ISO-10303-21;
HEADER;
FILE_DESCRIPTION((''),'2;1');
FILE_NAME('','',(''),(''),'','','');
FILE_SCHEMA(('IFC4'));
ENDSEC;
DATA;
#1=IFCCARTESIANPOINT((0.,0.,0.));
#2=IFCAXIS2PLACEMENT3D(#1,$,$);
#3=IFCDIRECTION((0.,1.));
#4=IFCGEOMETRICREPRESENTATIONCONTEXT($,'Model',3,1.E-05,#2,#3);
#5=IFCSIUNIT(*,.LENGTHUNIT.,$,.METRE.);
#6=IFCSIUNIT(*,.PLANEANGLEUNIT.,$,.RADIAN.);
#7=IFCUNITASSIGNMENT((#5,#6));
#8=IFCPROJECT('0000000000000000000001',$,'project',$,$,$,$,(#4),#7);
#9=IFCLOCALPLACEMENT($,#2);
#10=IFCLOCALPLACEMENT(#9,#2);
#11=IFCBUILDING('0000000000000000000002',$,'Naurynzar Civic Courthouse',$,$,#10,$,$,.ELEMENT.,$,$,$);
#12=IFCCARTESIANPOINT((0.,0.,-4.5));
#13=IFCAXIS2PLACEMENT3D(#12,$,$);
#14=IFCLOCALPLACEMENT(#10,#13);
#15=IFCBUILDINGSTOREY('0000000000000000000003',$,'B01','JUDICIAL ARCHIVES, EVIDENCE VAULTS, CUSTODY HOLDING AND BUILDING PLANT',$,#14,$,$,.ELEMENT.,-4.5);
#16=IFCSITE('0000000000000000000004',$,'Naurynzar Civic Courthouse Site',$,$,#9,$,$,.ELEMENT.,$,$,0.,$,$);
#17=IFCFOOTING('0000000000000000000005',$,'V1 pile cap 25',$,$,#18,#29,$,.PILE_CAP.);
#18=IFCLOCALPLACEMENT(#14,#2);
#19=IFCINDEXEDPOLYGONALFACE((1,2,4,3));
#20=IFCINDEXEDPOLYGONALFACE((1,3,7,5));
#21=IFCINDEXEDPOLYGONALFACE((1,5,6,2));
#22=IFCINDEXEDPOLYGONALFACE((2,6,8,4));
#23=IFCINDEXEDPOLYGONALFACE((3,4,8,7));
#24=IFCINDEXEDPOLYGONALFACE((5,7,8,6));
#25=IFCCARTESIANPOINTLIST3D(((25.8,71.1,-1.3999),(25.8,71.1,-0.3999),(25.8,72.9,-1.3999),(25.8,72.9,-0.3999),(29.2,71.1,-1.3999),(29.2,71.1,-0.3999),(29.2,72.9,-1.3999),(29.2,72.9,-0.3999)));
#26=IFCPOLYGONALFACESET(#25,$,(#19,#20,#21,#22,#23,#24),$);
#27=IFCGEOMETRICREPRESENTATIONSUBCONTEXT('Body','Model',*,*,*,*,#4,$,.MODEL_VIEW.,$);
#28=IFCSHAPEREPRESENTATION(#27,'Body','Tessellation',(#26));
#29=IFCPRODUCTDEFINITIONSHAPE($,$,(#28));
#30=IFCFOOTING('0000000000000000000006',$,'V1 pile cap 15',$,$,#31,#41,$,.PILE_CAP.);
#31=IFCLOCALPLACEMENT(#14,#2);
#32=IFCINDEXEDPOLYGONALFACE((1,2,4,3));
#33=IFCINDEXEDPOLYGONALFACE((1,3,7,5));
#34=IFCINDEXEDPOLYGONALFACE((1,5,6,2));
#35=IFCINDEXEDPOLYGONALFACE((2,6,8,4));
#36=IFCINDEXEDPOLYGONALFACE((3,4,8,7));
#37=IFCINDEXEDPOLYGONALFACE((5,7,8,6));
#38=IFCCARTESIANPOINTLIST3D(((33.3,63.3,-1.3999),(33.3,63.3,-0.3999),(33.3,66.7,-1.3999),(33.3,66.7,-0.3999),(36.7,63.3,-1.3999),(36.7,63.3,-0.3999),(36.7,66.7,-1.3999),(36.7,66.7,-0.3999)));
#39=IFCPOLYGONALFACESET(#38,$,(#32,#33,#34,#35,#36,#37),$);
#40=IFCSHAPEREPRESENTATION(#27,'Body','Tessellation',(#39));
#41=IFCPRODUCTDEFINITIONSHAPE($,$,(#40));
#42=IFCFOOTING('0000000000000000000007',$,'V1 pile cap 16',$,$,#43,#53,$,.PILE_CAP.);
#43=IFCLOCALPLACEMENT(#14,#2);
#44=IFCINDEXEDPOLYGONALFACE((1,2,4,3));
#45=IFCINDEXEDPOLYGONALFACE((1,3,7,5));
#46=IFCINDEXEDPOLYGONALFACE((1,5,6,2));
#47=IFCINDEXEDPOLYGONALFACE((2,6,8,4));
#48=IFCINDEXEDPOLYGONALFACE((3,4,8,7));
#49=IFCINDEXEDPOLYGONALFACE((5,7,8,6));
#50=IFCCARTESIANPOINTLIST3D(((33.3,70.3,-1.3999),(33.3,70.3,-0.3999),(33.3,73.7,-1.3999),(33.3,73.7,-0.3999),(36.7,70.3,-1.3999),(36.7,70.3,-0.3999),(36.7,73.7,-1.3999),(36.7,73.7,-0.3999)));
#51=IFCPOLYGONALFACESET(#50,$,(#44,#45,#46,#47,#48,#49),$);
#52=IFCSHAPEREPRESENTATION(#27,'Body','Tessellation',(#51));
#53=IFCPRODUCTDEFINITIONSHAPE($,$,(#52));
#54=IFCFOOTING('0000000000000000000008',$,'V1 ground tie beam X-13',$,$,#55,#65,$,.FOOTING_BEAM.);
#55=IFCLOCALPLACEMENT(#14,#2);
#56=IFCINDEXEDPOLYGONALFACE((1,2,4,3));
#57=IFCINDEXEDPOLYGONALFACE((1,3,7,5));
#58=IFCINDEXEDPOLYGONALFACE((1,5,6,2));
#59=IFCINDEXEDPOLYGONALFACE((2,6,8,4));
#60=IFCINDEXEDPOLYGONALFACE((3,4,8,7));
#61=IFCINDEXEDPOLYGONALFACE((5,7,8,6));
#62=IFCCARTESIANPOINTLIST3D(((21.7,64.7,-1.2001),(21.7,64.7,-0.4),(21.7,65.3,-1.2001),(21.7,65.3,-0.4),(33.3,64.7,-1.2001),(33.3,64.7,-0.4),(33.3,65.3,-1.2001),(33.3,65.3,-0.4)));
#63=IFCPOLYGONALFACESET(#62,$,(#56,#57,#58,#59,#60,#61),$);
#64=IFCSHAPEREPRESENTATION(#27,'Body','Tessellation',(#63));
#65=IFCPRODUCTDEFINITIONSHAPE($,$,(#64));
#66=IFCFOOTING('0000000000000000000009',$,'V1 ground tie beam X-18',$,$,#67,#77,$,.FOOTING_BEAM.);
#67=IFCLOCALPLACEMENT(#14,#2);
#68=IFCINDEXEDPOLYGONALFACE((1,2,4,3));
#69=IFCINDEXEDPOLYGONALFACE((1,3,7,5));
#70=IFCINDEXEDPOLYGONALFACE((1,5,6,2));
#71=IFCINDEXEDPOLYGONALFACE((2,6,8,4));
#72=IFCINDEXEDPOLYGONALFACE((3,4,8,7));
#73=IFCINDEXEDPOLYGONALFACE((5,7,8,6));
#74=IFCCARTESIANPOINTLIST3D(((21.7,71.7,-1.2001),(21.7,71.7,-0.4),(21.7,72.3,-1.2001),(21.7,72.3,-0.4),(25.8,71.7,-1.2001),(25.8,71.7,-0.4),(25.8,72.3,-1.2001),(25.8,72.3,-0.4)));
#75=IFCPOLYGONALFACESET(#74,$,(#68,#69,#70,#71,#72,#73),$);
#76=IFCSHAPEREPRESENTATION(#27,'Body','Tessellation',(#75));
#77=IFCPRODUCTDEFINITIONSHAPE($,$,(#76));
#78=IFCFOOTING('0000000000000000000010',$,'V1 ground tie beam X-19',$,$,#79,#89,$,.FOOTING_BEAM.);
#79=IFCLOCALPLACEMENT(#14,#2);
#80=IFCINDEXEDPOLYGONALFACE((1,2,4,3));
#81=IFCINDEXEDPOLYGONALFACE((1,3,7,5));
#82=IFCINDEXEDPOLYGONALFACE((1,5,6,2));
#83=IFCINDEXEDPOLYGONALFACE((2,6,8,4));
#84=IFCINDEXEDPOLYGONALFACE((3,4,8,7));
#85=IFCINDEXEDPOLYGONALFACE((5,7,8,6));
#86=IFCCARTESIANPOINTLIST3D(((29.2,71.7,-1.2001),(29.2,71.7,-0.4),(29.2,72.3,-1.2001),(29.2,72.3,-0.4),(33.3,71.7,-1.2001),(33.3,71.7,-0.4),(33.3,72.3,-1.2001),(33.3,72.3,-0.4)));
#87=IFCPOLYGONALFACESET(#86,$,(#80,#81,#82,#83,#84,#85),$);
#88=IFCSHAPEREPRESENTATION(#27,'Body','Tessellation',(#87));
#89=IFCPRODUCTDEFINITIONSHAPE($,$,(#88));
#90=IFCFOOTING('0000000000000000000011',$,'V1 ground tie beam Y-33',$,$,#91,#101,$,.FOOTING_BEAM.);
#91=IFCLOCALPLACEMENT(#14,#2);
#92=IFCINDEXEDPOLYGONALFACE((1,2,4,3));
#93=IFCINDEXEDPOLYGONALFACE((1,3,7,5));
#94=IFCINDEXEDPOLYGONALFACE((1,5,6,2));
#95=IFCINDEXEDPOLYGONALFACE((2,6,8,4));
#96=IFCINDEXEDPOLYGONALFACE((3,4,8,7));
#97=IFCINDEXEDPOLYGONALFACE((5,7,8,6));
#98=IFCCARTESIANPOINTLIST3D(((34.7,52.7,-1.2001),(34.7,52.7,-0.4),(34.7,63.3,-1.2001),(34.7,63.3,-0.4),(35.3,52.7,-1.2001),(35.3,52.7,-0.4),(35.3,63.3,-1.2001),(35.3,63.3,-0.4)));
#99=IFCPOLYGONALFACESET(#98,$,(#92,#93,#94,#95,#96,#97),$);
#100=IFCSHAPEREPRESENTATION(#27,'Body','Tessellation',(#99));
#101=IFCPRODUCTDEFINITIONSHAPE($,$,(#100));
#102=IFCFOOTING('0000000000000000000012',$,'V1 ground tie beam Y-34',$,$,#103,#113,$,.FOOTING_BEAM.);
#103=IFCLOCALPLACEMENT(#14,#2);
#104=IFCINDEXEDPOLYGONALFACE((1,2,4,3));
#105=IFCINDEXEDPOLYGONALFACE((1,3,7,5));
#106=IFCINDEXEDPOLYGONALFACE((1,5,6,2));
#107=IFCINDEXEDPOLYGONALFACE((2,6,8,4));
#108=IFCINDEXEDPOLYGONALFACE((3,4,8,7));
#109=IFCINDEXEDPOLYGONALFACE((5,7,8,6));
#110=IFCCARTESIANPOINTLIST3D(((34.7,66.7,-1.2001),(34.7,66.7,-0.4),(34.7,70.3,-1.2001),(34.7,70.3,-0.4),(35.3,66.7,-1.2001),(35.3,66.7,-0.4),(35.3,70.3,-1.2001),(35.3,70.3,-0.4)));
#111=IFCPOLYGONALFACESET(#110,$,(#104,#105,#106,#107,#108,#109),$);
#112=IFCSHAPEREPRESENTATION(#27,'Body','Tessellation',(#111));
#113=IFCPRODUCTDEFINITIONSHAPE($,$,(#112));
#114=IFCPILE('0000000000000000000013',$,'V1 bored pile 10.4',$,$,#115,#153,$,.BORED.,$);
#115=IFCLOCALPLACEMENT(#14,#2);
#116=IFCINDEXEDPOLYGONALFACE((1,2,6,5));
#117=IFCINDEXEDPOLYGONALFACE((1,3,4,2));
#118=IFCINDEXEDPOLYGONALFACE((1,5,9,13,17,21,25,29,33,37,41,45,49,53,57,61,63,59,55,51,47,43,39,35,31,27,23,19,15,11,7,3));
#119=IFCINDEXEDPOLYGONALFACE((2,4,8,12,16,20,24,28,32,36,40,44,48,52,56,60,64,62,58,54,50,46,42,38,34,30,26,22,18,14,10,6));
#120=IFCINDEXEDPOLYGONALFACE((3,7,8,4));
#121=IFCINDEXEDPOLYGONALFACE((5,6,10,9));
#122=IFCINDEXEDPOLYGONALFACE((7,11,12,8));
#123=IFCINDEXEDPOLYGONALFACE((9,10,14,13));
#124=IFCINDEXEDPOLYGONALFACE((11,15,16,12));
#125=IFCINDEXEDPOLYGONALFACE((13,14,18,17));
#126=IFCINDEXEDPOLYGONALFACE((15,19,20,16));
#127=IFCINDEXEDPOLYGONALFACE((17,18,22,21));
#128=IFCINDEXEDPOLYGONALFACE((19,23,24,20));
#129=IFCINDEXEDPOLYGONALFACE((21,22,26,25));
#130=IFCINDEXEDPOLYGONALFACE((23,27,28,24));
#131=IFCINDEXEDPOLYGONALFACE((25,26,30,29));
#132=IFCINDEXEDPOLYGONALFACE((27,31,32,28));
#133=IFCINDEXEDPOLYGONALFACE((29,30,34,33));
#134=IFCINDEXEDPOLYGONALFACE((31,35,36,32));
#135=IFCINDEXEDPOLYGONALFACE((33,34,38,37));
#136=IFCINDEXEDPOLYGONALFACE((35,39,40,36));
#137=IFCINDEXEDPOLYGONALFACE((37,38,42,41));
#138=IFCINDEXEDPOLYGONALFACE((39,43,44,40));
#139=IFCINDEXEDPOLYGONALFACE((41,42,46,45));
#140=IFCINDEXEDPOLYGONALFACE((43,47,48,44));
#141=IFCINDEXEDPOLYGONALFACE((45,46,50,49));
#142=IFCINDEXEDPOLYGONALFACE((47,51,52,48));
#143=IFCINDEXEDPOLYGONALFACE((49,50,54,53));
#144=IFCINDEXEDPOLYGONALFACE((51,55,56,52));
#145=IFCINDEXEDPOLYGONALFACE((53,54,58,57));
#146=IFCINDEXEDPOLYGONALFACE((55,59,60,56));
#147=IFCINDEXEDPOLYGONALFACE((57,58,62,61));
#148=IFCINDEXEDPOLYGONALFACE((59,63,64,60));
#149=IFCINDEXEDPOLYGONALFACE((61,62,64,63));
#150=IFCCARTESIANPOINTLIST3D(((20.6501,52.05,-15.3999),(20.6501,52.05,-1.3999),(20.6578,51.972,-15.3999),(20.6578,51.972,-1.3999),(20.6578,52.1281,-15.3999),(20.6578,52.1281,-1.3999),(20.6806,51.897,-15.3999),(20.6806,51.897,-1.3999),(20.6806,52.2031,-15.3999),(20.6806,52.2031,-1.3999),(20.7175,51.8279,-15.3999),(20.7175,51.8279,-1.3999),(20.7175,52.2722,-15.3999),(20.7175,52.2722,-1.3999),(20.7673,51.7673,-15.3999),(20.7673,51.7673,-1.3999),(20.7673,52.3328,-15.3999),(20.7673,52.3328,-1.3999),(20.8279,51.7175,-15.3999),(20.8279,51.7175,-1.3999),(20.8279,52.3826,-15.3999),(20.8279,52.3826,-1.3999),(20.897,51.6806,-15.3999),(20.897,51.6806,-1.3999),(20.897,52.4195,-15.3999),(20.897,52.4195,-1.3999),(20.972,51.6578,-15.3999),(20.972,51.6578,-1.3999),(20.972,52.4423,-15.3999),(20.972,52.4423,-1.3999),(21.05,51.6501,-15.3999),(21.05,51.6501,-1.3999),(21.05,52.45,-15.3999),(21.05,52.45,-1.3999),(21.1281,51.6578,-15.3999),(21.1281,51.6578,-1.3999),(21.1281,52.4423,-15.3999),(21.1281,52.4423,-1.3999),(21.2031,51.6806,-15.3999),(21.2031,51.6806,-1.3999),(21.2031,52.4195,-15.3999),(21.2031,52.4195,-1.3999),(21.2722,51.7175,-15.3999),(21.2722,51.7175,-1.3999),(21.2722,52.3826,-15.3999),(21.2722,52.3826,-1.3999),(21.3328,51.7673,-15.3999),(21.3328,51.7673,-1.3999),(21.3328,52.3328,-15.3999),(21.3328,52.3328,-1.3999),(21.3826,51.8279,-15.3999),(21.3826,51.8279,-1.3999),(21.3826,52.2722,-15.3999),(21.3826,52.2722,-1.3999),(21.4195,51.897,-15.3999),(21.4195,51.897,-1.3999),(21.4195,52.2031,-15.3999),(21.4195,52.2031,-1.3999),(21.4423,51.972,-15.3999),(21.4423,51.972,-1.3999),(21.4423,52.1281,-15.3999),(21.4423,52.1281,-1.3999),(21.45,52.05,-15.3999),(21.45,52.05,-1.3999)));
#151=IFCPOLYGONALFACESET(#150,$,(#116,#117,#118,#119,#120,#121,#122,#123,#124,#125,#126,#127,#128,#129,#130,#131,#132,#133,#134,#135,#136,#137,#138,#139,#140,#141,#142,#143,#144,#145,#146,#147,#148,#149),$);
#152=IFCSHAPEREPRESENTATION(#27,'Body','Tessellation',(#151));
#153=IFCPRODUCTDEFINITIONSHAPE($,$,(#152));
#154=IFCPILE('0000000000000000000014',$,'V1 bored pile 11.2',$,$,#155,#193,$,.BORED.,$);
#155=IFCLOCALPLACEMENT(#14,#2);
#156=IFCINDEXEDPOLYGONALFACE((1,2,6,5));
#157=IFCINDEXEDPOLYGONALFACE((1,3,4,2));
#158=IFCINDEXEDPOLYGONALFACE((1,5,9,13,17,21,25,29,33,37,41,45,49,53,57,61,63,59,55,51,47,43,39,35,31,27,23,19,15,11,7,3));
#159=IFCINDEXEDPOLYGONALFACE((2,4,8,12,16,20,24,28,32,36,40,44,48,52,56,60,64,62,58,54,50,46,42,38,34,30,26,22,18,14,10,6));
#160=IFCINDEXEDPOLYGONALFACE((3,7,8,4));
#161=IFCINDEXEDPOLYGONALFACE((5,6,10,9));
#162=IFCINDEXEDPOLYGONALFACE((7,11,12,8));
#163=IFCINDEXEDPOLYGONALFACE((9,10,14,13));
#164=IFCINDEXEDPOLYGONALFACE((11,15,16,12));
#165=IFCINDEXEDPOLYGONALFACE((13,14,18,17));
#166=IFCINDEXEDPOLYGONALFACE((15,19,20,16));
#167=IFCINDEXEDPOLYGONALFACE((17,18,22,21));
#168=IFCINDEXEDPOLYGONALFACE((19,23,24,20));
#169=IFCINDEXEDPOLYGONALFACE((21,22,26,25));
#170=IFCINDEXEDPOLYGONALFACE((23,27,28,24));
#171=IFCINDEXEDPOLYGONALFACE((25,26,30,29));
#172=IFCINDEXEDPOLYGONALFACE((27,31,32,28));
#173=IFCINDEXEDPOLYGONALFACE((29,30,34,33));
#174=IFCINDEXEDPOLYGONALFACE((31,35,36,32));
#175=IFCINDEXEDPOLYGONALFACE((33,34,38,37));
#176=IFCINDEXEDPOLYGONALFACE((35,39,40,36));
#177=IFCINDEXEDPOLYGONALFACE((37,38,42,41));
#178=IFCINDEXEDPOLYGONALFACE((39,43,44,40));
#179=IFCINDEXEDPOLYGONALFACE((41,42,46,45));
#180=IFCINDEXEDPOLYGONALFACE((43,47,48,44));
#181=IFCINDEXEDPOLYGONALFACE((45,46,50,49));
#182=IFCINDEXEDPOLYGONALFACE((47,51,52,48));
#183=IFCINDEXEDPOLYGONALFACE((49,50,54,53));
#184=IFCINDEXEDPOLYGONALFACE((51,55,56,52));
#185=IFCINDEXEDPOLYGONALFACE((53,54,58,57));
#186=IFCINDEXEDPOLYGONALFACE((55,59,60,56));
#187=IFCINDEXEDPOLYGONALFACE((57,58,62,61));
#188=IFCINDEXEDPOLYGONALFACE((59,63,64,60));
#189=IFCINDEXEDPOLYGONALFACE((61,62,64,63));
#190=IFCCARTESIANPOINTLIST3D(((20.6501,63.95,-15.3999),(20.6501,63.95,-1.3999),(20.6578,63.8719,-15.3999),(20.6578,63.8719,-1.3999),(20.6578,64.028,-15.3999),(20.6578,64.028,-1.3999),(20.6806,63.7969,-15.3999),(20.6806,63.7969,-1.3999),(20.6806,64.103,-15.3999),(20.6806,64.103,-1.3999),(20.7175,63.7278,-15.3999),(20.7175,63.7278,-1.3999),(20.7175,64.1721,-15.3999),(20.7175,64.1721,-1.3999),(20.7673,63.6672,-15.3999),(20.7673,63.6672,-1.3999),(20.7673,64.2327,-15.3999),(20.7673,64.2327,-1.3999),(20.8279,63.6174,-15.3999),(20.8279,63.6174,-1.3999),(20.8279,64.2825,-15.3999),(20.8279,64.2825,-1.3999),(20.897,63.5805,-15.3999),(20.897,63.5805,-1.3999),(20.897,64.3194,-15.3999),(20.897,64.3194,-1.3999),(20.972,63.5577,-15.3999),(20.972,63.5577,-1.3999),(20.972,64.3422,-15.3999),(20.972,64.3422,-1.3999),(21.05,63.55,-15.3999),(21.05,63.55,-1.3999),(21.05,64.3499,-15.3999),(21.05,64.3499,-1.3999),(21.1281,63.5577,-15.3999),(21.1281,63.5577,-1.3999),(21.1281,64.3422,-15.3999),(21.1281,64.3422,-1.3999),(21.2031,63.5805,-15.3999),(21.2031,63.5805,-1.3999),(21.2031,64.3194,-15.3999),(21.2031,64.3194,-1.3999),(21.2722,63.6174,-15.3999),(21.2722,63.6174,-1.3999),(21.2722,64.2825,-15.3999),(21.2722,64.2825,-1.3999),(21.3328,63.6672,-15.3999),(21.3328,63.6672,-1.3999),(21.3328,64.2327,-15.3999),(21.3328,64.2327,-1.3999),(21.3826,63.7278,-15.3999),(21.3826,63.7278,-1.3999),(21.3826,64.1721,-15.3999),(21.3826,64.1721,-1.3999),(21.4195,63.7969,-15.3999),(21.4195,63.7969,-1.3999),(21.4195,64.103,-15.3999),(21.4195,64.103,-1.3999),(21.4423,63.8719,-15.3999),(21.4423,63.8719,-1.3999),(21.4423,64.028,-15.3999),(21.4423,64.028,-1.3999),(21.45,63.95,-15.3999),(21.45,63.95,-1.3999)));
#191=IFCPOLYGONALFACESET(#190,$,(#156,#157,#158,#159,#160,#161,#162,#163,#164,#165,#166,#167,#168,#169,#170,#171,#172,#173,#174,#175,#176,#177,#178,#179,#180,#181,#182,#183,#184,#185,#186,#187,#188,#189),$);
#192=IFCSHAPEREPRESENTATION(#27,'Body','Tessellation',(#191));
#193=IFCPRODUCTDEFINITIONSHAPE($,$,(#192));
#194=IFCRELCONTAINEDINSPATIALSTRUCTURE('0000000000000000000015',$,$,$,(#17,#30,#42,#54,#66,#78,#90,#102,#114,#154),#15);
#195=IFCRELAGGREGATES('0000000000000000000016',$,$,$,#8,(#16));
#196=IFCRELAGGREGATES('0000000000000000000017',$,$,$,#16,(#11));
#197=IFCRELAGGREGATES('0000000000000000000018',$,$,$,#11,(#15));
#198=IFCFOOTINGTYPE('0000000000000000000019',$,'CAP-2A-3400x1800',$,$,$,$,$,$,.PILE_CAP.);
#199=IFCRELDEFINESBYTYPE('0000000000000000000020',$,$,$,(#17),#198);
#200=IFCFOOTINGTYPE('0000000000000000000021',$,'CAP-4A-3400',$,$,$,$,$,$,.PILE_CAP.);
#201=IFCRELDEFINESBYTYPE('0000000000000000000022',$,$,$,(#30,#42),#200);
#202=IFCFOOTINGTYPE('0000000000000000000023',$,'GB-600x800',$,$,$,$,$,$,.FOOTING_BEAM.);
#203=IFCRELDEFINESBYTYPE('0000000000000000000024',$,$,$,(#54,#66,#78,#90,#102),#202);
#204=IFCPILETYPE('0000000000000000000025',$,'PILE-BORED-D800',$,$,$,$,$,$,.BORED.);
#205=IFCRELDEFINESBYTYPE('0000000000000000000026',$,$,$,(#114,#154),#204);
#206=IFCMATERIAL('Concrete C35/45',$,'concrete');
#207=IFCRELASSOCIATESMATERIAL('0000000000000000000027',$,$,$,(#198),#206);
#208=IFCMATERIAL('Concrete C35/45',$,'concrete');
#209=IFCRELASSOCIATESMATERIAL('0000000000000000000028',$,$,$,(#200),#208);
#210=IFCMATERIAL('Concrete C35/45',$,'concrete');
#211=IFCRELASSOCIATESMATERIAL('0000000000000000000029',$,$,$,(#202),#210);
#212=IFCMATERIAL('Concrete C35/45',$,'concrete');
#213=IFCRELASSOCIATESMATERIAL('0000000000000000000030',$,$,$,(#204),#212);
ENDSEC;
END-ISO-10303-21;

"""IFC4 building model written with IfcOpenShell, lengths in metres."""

from ifc_helpers import new_model, si_unit, direction, frame, origin, origin_2d, place, context, subcontext, project, spatial, rectangle, circle, extrude, material, material_profile, profile_set, type_object, element, save


model = new_model("IFC4")

# Units and contexts
model_context = context("Model", 3, precision=1e-05, world=origin(), true_north=direction((0.0, 1.0)))
body_context = subcontext(model_context, "Body", "Model", "MODEL_VIEW")
ifc_project = project(units=[si_unit("LENGTHUNIT", "METRE"), si_unit("PLANEANGLEUNIT", "RADIAN")], contexts=[model_context])

# Site, building, storey
site_placement = place(None, origin())
site = spatial("IfcSite", under=ifc_project, at=site_placement, Name="Naurynzar Civic Courthouse Site", CompositionType="ELEMENT", RefElevation=0.0)
building_placement = place(site_placement, origin())
building = spatial("IfcBuilding", under=site, at=building_placement, Name="Naurynzar Civic Courthouse", CompositionType="ELEMENT")
storey_placement = place(building_placement, frame((0.0, 0.0, -4.5)))
storey = spatial("IfcBuildingStorey", under=building, at=storey_placement, Name="B01", Description="JUDICIAL ARCHIVES, EVIDENCE VAULTS, CUSTODY HOLDING AND BUILDING PLANT", CompositionType="ELEMENT", Elevation=-4.5)

# Footings
ifc_material_1 = material(Name="Concrete C35/45", Category="concrete")
footing_type_1 = type_object("IfcFootingType", Name="CAP-2A-3400x1800", PredefinedType="PILE_CAP", material=ifc_material_1)
footing_1_placement = place(storey_placement, frame((27.5, 72.0, -1.3999), z_axis=(0.0, 0.0, 1.0), x_axis=(1.0, 0.0, 0.0)))
element("IfcFooting", 1, at=footing_1_placement, inside=storey, type_object=footing_type_1, Name="V1 pile cap 25", PredefinedType="PILE_CAP", context=body_context, shape_type="SweptSolid", body=[
    extrude(rectangle(XDim=3.3999, YDim=1.8, at=origin_2d()), origin(), (0.0, 0.0, 1.0), 1.0),
])
ifc_material_2 = material(Name="Concrete C35/45", Category="concrete")
footing_type_2 = type_object("IfcFootingType", Name="CAP-4A-3400", PredefinedType="PILE_CAP", material=ifc_material_2)
for number, where, z_axis, x_axis, name in (
    (2, (35.0, 65.0, -1.3999), (0.0, 0.0, 1.0), (1.0, 0.0, 0.0), "V1 pile cap 15"),
    (3, (35.0, 72.0, -1.3999), (0.0, 0.0, 1.0), (1.0, 0.0, 0.0), "V1 pile cap 16"),
):
    element("IfcFooting", number, at=place(storey_placement, frame(where, z_axis=z_axis, x_axis=x_axis)), inside=storey, type_object=footing_type_2, Name=name, PredefinedType="PILE_CAP", context=body_context, shape_type="SweptSolid", body=[
        extrude(rectangle(XDim=3.3999, YDim=3.3999, at=origin_2d()), origin(), (0.0, 0.0, 1.0), 1.0),
    ])
ifc_material_3 = material(Name="Concrete C35/45", Category="concrete")
ifc_material_profile_1 = material_profile(ifc_material_3, rectangle(XDim=0.6001, YDim=0.8, at=origin_2d()), Name="GB 600x800")
ifc_profile_set_1 = profile_set([ifc_material_profile_1], Name="Concrete C35/45")
footing_type_3 = type_object("IfcFootingType", Name="GB-600x800", PredefinedType="FOOTING_BEAM", material=ifc_profile_set_1)
footing_2_placement = place(storey_placement, frame((21.7, 65.0, -0.8), z_axis=(1.0, 0.0, 0.0), x_axis=(0.0, 1.0, 0.0)))
element("IfcFooting", 4, at=footing_2_placement, inside=storey, type_object=footing_type_3, Name="V1 ground tie beam X-13", PredefinedType="FOOTING_BEAM", context=body_context, shape_type="SweptSolid", body=[
    extrude(rectangle(XDim=0.6001, YDim=0.8, at=origin_2d()), origin(), (0.0, 0.0, 1.0), 11.6001),
])
for number, where, z_axis, x_axis, name in (
    (5, (21.7, 72.0, -0.8), (1.0, 0.0, 0.0), (0.0, 1.0, 0.0), "V1 ground tie beam X-18"),
    (6, (29.2, 72.0, -0.8), (1.0, 0.0, 0.0), (0.0, 1.0, 0.0), "V1 ground tie beam X-19"),
):
    element("IfcFooting", number, at=place(storey_placement, frame(where, z_axis=z_axis, x_axis=x_axis)), inside=storey, type_object=footing_type_3, Name=name, PredefinedType="FOOTING_BEAM", context=body_context, shape_type="SweptSolid", body=[
        extrude(rectangle(XDim=0.6001, YDim=0.8, at=origin_2d()), origin(), (0.0, 0.0, 1.0), 4.1001),
    ])
footing_3_placement = place(storey_placement, frame((35.0, 52.7, -0.8), z_axis=(0.0, 1.0, 0.0), x_axis=(-1.0, 0.0, 0.0)))
element("IfcFooting", 7, at=footing_3_placement, inside=storey, type_object=footing_type_3, Name="V1 ground tie beam Y-33", PredefinedType="FOOTING_BEAM", context=body_context, shape_type="SweptSolid", body=[
    extrude(rectangle(XDim=0.6001, YDim=0.8, at=origin_2d()), origin(), (0.0, 0.0, 1.0), 10.6001),
])
footing_4_placement = place(storey_placement, frame((35.0, 66.7, -0.8), z_axis=(0.0, 1.0, 0.0), x_axis=(-1.0, 0.0, 0.0)))
element("IfcFooting", 8, at=footing_4_placement, inside=storey, type_object=footing_type_3, Name="V1 ground tie beam Y-34", PredefinedType="FOOTING_BEAM", context=body_context, shape_type="SweptSolid", body=[
    extrude(rectangle(XDim=0.6001, YDim=0.8, at=origin_2d()), origin(), (0.0, 0.0, 1.0), 3.6001),
])

# Piles
ifc_material_4 = material(Name="Concrete C35/45", Category="concrete")
ifc_material_profile_2 = material_profile(ifc_material_4, circle(Radius=0.3999, at=origin_2d()), Name="PILE D800")
ifc_profile_set_2 = profile_set([ifc_material_profile_2], Name="Concrete C35/45")
pile_type = type_object("IfcPileType", Name="PILE-BORED-D800", PredefinedType="BORED", material=ifc_profile_set_2)
for number, where, z_axis, x_axis, name in (
    (9, (21.05, 52.05, -1.3999), (0.0, 0.0, -1.0), (1.0, 0.0, 0.0), "V1 bored pile 10.4"),
    (10, (21.05, 63.95, -1.3999), (0.0, 0.0, -1.0), (1.0, 0.0, 0.0), "V1 bored pile 11.2"),
):
    element("IfcPile", number, at=place(storey_placement, frame(where, z_axis=z_axis, x_axis=x_axis)), inside=storey, type_object=pile_type, Name=name, PredefinedType="BORED", context=body_context, shape_type="SweptSolid", body=[
        extrude(circle(Radius=0.3999, at=origin_2d()), origin(), (0.0, 0.0, 1.0), 14.0),
    ])

save(model, "model.ifc")
